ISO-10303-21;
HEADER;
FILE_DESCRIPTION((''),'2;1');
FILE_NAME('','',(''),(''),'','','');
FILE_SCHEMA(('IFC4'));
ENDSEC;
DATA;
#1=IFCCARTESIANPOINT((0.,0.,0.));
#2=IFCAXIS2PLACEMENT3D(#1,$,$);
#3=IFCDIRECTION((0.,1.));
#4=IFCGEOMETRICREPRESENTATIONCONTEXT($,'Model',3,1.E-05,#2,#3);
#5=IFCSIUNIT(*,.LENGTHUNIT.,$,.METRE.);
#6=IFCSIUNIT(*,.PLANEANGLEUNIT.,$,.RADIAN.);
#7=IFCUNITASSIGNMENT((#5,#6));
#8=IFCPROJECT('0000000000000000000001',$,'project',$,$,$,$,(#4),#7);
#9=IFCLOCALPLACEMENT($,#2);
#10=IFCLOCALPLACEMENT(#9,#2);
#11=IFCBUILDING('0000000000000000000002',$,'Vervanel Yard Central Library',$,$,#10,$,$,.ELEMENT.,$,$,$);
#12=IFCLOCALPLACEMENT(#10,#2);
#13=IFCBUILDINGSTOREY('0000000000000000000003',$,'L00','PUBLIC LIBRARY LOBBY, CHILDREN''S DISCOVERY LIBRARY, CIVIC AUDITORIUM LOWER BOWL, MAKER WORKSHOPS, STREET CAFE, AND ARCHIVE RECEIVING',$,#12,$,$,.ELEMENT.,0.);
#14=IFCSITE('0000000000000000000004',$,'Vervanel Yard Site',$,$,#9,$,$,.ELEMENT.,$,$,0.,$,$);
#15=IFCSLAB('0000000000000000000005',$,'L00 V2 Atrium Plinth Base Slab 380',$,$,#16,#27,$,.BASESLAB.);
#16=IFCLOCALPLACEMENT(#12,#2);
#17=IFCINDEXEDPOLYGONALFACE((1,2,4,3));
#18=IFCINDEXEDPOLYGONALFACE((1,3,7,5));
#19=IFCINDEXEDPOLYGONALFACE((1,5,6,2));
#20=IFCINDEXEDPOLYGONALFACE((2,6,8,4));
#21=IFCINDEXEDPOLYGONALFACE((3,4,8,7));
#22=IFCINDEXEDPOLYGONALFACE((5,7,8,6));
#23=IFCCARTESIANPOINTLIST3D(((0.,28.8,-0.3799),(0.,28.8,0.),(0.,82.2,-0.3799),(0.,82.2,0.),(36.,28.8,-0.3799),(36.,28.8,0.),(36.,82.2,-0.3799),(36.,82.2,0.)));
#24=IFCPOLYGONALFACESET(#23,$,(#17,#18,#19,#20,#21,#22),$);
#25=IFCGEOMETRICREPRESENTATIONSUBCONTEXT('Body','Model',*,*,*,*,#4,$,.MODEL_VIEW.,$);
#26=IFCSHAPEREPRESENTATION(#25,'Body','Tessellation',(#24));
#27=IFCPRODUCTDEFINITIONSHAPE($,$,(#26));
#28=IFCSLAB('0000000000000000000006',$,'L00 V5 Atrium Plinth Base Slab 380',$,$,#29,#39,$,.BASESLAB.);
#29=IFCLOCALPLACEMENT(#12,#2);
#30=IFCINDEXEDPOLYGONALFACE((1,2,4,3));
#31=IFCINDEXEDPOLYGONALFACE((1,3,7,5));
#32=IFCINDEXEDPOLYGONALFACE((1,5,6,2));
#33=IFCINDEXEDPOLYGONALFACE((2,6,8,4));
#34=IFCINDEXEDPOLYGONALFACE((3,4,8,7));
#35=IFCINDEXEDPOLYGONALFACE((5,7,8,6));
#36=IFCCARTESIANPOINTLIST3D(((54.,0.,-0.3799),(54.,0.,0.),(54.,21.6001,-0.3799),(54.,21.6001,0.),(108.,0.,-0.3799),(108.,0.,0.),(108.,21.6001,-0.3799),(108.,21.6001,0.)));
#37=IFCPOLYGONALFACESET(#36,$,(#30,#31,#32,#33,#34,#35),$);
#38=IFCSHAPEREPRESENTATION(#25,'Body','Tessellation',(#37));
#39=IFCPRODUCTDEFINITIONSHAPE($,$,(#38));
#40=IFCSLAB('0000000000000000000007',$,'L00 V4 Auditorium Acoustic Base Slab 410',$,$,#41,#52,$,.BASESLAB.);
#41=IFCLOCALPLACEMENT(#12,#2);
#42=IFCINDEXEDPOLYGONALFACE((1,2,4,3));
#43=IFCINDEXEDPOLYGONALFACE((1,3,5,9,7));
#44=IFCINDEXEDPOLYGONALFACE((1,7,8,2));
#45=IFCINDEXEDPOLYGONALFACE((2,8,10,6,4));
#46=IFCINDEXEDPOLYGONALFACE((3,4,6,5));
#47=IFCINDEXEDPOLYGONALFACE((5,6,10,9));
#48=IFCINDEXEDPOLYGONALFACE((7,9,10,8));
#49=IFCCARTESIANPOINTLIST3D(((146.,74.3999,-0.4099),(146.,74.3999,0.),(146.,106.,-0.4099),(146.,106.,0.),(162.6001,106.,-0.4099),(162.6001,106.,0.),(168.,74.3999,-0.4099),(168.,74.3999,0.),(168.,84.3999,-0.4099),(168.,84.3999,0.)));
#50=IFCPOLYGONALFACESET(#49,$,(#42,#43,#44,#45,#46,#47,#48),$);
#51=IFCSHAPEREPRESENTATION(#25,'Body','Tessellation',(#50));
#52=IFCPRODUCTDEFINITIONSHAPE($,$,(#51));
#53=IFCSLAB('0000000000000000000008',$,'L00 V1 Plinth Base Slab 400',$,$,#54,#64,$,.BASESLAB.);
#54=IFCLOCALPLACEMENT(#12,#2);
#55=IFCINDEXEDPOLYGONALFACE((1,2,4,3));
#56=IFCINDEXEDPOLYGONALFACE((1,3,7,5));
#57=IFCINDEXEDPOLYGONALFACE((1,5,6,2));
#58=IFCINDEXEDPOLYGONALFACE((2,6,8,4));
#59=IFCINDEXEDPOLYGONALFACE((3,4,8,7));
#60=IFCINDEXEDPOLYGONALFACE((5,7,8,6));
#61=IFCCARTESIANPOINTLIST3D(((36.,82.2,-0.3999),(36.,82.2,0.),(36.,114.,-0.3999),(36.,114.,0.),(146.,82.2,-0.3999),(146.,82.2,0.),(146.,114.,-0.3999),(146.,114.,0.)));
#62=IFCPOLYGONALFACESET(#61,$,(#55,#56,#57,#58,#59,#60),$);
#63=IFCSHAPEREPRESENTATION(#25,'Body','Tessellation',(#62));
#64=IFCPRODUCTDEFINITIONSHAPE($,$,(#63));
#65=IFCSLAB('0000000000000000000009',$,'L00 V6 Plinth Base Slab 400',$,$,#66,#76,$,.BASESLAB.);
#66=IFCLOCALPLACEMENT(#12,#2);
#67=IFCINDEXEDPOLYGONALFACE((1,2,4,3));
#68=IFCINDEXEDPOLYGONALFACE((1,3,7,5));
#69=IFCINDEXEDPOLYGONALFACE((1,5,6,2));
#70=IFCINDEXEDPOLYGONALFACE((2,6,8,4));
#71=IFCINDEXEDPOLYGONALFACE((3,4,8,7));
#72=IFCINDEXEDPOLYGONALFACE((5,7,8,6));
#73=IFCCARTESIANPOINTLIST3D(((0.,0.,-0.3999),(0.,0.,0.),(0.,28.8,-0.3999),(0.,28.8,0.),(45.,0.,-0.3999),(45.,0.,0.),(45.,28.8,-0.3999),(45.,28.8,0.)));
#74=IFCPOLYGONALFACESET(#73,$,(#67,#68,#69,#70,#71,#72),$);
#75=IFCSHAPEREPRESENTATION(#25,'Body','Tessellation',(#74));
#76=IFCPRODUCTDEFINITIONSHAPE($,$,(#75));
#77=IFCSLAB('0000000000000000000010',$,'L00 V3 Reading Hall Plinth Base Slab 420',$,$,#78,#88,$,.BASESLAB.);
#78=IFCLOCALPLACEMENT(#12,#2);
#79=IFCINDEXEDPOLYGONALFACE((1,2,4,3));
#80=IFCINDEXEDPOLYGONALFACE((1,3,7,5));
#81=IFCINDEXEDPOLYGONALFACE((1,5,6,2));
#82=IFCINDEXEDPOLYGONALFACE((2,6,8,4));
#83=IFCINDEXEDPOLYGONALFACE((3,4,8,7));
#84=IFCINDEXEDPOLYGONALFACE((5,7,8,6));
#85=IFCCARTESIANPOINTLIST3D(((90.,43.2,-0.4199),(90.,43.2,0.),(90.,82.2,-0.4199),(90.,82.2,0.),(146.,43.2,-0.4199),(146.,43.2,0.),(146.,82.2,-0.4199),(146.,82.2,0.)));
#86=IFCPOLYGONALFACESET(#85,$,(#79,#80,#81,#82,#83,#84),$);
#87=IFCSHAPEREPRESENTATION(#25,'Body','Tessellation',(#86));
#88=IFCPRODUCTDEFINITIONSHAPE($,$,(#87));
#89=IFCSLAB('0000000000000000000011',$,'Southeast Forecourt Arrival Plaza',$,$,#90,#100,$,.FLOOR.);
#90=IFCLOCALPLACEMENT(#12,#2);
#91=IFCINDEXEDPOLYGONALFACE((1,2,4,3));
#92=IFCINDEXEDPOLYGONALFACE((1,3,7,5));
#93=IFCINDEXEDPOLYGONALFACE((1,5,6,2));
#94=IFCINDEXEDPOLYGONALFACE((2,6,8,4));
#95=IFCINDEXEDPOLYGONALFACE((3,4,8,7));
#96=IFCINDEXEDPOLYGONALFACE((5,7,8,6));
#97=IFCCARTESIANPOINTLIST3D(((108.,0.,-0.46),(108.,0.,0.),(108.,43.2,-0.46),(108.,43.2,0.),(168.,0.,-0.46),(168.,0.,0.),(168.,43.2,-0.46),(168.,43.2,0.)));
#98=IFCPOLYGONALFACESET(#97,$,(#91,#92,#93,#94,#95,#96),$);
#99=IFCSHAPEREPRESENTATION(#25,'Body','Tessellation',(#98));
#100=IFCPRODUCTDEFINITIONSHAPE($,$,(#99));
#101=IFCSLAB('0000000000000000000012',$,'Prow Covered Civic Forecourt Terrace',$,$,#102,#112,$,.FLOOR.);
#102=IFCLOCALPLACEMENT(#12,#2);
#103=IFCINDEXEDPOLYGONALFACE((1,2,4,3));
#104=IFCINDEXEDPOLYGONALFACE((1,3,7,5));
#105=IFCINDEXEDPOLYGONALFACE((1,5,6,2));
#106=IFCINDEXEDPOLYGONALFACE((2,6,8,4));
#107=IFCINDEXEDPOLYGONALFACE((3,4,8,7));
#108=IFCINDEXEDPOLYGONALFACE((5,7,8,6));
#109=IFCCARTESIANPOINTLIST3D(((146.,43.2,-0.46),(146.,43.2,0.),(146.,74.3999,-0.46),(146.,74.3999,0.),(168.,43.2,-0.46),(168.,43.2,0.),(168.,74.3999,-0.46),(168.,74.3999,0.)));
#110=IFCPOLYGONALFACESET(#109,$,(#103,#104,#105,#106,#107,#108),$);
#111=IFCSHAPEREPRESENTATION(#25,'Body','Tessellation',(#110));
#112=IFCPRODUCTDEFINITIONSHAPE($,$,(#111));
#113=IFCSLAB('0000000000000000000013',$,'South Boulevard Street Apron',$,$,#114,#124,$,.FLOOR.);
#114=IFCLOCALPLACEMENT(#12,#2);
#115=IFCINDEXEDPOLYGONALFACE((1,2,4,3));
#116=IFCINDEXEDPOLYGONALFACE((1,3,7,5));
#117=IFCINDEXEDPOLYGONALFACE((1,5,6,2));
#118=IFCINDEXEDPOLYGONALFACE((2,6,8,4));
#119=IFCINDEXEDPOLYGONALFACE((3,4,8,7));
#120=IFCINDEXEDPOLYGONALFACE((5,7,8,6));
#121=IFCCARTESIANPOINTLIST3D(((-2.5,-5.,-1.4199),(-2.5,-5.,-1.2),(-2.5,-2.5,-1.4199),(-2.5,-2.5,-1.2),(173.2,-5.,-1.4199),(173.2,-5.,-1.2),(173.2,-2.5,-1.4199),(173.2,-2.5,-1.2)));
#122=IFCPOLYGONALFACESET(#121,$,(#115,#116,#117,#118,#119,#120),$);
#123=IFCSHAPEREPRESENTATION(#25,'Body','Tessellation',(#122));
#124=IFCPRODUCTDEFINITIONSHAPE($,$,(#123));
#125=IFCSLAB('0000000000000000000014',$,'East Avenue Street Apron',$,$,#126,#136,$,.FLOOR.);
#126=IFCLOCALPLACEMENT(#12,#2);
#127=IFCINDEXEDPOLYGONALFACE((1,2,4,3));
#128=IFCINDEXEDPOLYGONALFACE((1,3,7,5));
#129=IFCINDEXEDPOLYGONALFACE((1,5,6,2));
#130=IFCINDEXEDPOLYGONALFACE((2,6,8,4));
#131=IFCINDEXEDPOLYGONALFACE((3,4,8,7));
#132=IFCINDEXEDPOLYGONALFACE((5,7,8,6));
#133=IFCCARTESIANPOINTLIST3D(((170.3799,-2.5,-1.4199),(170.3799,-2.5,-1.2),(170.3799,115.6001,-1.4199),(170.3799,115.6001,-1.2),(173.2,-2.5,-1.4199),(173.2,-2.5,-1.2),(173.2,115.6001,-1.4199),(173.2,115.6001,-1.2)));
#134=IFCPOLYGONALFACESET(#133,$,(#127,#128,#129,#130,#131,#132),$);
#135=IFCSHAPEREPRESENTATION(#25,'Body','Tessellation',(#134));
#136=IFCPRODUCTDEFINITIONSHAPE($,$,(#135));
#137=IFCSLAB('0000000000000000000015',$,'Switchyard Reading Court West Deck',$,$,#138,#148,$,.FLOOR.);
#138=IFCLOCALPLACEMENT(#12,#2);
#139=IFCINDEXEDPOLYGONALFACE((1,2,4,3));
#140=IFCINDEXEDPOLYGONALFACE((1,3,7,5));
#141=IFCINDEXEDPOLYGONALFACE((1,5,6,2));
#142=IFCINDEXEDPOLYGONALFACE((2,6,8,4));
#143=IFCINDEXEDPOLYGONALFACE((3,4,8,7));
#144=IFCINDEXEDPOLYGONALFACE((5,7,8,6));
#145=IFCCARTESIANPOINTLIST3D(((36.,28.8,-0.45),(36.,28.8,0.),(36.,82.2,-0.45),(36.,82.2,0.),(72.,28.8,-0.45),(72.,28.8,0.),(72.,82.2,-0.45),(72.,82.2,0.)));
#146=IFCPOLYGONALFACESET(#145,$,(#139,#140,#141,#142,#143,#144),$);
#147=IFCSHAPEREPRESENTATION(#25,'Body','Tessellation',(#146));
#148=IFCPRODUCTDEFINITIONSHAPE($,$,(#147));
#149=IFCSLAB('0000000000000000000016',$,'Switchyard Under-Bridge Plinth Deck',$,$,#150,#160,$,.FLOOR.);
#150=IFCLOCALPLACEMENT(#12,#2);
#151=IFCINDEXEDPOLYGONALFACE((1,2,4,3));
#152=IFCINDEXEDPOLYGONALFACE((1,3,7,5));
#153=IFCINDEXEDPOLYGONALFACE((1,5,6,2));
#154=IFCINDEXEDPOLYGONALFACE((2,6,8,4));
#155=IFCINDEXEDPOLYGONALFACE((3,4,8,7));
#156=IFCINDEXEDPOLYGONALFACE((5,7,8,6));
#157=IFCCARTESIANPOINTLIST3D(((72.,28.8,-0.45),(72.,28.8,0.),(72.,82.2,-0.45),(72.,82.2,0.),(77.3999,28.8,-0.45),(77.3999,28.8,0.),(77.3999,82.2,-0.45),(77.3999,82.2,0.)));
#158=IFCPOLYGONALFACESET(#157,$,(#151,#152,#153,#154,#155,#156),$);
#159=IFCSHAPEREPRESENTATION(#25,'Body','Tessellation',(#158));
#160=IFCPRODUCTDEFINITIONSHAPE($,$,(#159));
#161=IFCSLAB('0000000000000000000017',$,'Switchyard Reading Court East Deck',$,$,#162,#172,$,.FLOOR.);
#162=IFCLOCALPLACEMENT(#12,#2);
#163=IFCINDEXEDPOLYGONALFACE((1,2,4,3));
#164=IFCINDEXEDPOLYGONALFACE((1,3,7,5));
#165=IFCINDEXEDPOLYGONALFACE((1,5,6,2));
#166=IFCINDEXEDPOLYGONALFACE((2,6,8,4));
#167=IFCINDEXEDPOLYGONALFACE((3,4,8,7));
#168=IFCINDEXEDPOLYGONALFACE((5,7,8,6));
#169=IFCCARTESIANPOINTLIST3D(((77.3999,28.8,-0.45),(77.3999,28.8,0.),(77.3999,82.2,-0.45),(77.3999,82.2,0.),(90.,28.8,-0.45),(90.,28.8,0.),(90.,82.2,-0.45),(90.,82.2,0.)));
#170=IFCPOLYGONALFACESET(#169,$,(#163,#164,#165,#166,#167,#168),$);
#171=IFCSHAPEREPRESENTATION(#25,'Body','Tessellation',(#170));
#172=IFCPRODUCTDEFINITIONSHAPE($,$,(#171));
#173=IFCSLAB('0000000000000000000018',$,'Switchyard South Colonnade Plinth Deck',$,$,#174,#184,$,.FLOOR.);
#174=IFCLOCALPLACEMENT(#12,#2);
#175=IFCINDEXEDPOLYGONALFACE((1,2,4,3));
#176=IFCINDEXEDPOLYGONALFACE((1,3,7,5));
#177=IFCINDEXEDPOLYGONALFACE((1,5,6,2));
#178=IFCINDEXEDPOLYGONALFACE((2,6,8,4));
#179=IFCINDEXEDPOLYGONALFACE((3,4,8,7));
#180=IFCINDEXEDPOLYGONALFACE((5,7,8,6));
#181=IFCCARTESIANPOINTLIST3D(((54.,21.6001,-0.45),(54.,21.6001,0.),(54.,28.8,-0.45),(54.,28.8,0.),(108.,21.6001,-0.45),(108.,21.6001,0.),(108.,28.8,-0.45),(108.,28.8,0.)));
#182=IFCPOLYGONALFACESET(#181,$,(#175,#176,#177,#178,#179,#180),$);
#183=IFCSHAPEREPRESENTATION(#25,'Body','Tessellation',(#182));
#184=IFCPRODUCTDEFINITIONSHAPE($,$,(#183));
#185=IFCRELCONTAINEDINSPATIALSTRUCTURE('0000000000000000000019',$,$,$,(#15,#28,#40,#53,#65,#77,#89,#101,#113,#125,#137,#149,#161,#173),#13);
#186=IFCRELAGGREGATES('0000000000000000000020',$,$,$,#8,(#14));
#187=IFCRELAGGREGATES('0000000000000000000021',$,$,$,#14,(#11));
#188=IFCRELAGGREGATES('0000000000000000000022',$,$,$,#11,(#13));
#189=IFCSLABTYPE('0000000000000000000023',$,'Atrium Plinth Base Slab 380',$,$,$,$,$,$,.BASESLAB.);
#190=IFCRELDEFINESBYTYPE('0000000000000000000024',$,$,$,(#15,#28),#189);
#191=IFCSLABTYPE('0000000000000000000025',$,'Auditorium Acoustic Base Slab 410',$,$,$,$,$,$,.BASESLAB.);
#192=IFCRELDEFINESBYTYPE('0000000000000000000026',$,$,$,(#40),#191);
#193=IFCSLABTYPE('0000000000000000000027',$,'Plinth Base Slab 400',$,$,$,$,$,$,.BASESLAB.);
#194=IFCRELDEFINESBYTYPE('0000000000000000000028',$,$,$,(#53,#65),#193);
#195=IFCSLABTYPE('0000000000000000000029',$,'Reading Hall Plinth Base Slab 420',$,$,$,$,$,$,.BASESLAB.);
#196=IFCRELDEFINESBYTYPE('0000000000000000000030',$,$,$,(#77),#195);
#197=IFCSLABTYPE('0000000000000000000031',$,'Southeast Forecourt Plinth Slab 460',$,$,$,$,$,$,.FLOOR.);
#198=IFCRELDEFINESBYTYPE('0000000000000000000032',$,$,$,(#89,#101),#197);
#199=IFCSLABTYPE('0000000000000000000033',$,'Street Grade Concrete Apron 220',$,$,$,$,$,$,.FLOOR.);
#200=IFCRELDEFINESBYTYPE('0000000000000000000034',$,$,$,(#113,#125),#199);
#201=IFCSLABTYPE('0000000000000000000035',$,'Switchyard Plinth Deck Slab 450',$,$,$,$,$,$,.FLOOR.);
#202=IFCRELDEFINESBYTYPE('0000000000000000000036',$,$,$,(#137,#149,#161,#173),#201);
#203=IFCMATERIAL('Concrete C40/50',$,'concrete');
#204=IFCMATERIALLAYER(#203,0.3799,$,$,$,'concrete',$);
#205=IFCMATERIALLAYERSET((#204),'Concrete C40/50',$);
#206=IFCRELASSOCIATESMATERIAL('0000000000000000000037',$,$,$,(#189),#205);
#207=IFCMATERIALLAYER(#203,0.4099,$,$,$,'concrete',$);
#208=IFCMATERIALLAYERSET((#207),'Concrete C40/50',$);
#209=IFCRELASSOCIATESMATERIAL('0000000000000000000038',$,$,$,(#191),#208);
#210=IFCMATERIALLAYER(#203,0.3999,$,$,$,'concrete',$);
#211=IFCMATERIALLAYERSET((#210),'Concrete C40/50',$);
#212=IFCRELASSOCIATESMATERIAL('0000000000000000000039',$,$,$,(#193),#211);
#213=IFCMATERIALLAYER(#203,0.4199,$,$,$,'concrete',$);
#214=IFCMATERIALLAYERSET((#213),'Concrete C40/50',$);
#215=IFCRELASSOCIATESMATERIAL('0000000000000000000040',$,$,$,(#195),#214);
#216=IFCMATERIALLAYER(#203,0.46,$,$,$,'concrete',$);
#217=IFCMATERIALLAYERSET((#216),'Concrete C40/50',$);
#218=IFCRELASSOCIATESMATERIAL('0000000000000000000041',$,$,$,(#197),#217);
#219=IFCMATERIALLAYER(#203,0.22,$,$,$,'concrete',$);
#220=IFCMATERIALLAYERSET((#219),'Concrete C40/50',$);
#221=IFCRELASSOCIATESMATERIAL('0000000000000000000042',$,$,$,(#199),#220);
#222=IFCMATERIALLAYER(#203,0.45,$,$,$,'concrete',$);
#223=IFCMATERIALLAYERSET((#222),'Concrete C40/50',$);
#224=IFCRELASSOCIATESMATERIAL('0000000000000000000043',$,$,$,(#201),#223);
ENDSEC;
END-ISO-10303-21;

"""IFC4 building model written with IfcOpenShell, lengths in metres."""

from ifc_helpers import new_model, si_unit, direction, frame, origin, place, context, subcontext, project, spatial, polyline, outline, extrude, material, layer, layer_set, type_object, element, save


model = new_model("IFC4")

# Units and contexts
model_context = context("Model", 3, precision=1e-05, world=origin(), true_north=direction((0.0, 1.0)))
body_context = subcontext(model_context, "Body", "Model", "MODEL_VIEW")
ifc_project = project(units=[si_unit("LENGTHUNIT", "METRE"), si_unit("PLANEANGLEUNIT", "RADIAN")], contexts=[model_context])

# Site, building, storey
site_placement = place(None, origin())
site = spatial("IfcSite", under=ifc_project, at=site_placement, Name="Vervanel Yard Site", CompositionType="ELEMENT", RefElevation=0.0)
building_placement = place(site_placement, origin())
building = spatial("IfcBuilding", under=site, at=building_placement, Name="Vervanel Yard Central Library", CompositionType="ELEMENT")
storey_placement = place(building_placement, origin())
storey = spatial("IfcBuildingStorey", under=building, at=storey_placement, Name="L00", Description="PUBLIC LIBRARY LOBBY, CHILDREN'S DISCOVERY LIBRARY, CIVIC AUDITORIUM LOWER BOWL, MAKER WORKSHOPS, STREET CAFE, AND ARCHIVE RECEIVING", CompositionType="ELEMENT", Elevation=0.0)

# Slabs
ifc_material_1 = material(Name="Concrete C40/50", Category="concrete")
ifc_layer_1 = layer(ifc_material_1, 0.3799, Category="concrete")
ifc_layer_set_1 = layer_set([ifc_layer_1], Name="Concrete C40/50")
slab_type_1 = type_object("IfcSlabType", Name="Atrium Plinth Base Slab 380", PredefinedType="BASESLAB", material=ifc_layer_set_1)
slab_1_placement = place(storey_placement, frame((0.0, 0.0, -0.3799)))
element("IfcSlab", 1, at=slab_1_placement, inside=storey, type_object=slab_type_1, Name="L00 V2 Atrium Plinth Base Slab 380", PredefinedType="BASESLAB", context=body_context, shape_type="SweptSolid", body=[
    extrude(outline(polyline([(0.0, 28.8), (36.0, 28.8), (36.0, 82.2), (0.0, 82.2), (0.0, 28.8)])), origin(), (0.0, 0.0, 1.0), 0.3799),
])
slab_2_placement = place(storey_placement, frame((0.0, 0.0, -0.3799)))
element("IfcSlab", 2, at=slab_2_placement, inside=storey, type_object=slab_type_1, Name="L00 V5 Atrium Plinth Base Slab 380", PredefinedType="BASESLAB", context=body_context, shape_type="SweptSolid", body=[
    extrude(outline(polyline([(54.0, 0.0), (108.0, 0.0), (108.0, 21.6001), (54.0, 21.6001), (54.0, 0.0)])), origin(), (0.0, 0.0, 1.0), 0.3799),
])
ifc_layer_2 = layer(ifc_material_1, 0.4099, Category="concrete")
ifc_layer_set_2 = layer_set([ifc_layer_2], Name="Concrete C40/50")
slab_type_2 = type_object("IfcSlabType", Name="Auditorium Acoustic Base Slab 410", PredefinedType="BASESLAB", material=ifc_layer_set_2)
slab_3_placement = place(storey_placement, frame((0.0, 0.0, -0.4099)))
element("IfcSlab", 3, at=slab_3_placement, inside=storey, type_object=slab_type_2, Name="L00 V4 Auditorium Acoustic Base Slab 410", PredefinedType="BASESLAB", context=body_context, shape_type="SweptSolid", body=[
    extrude(outline(polyline([(146.0, 74.3999), (168.0, 74.3999), (168.0, 84.3999), (162.6001, 106.0), (146.0, 106.0), (146.0, 74.3999)])), origin(), (0.0, 0.0, 1.0), 0.4099),
])
ifc_layer_3 = layer(ifc_material_1, 0.3999, Category="concrete")
ifc_layer_set_3 = layer_set([ifc_layer_3], Name="Concrete C40/50")
slab_type_3 = type_object("IfcSlabType", Name="Plinth Base Slab 400", PredefinedType="BASESLAB", material=ifc_layer_set_3)
slab_4_placement = place(storey_placement, frame((0.0, 0.0, -0.3999)))
element("IfcSlab", 4, at=slab_4_placement, inside=storey, type_object=slab_type_3, Name="L00 V1 Plinth Base Slab 400", PredefinedType="BASESLAB", context=body_context, shape_type="SweptSolid", body=[
    extrude(outline(polyline([(36.0, 82.2), (146.0, 82.2), (146.0, 114.0), (36.0, 114.0), (36.0, 82.2)])), origin(), (0.0, 0.0, 1.0), 0.3999),
])
slab_5_placement = place(storey_placement, frame((0.0, 0.0, -0.3999)))
element("IfcSlab", 5, at=slab_5_placement, inside=storey, type_object=slab_type_3, Name="L00 V6 Plinth Base Slab 400", PredefinedType="BASESLAB", context=body_context, shape_type="SweptSolid", body=[
    extrude(outline(polyline([(0.0, 0.0), (45.0, 0.0), (45.0, 28.8), (0.0, 28.8), (0.0, 0.0)])), origin(), (0.0, 0.0, 1.0), 0.3999),
])
ifc_layer_4 = layer(ifc_material_1, 0.4199, Category="concrete")
ifc_layer_set_4 = layer_set([ifc_layer_4], Name="Concrete C40/50")
slab_type_4 = type_object("IfcSlabType", Name="Reading Hall Plinth Base Slab 420", PredefinedType="BASESLAB", material=ifc_layer_set_4)
slab_6_placement = place(storey_placement, frame((0.0, 0.0, -0.4199)))
element("IfcSlab", 6, at=slab_6_placement, inside=storey, type_object=slab_type_4, Name="L00 V3 Reading Hall Plinth Base Slab 420", PredefinedType="BASESLAB", context=body_context, shape_type="SweptSolid", body=[
    extrude(outline(polyline([(90.0, 43.2), (146.0, 43.2), (146.0, 82.2), (90.0, 82.2), (90.0, 43.2)])), origin(), (0.0, 0.0, 1.0), 0.4199),
])
ifc_layer_5 = layer(ifc_material_1, 0.46, Category="concrete")
ifc_layer_set_5 = layer_set([ifc_layer_5], Name="Concrete C40/50")
slab_type_5 = type_object("IfcSlabType", Name="Southeast Forecourt Plinth Slab 460", PredefinedType="FLOOR", material=ifc_layer_set_5)
slab_7_placement = place(storey_placement, frame((0.0, 0.0, -0.46)))
element("IfcSlab", 7, at=slab_7_placement, inside=storey, type_object=slab_type_5, Name="Southeast Forecourt Arrival Plaza", PredefinedType="FLOOR", context=body_context, shape_type="SweptSolid", body=[
    extrude(outline(polyline([(108.0, 0.0), (168.0, 0.0), (168.0, 43.2), (108.0, 43.2), (108.0, 0.0)])), origin(), (0.0, 0.0, 1.0), 0.46),
])
slab_8_placement = place(storey_placement, frame((0.0, 0.0, -0.46)))
element("IfcSlab", 8, at=slab_8_placement, inside=storey, type_object=slab_type_5, Name="Prow Covered Civic Forecourt Terrace", PredefinedType="FLOOR", context=body_context, shape_type="SweptSolid", body=[
    extrude(outline(polyline([(146.0, 43.2), (168.0, 43.2), (168.0, 74.3999), (146.0, 74.3999), (146.0, 43.2)])), origin(), (0.0, 0.0, 1.0), 0.46),
])
ifc_layer_6 = layer(ifc_material_1, 0.22, Category="concrete")
ifc_layer_set_6 = layer_set([ifc_layer_6], Name="Concrete C40/50")
slab_type_6 = type_object("IfcSlabType", Name="Street Grade Concrete Apron 220", PredefinedType="FLOOR", material=ifc_layer_set_6)
slab_9_placement = place(storey_placement, frame((0.0, 0.0, -1.4199)))
element("IfcSlab", 9, at=slab_9_placement, inside=storey, type_object=slab_type_6, Name="South Boulevard Street Apron", PredefinedType="FLOOR", context=body_context, shape_type="SweptSolid", body=[
    extrude(outline(polyline([(-2.5, -5.0), (173.2, -5.0), (173.2, -2.5), (-2.5, -2.5), (-2.5, -5.0)])), origin(), (0.0, 0.0, 1.0), 0.22),
])
slab_10_placement = place(storey_placement, frame((0.0, 0.0, -1.4199)))
element("IfcSlab", 10, at=slab_10_placement, inside=storey, type_object=slab_type_6, Name="East Avenue Street Apron", PredefinedType="FLOOR", context=body_context, shape_type="SweptSolid", body=[
    extrude(outline(polyline([(170.3799, -2.5), (173.2, -2.5), (173.2, 115.6001), (170.3799, 115.6001), (170.3799, -2.5)])), origin(), (0.0, 0.0, 1.0), 0.22),
])
ifc_layer_7 = layer(ifc_material_1, 0.45, Category="concrete")
ifc_layer_set_7 = layer_set([ifc_layer_7], Name="Concrete C40/50")
slab_type_7 = type_object("IfcSlabType", Name="Switchyard Plinth Deck Slab 450", PredefinedType="FLOOR", material=ifc_layer_set_7)
slab_11_placement = place(storey_placement, frame((0.0, 0.0, -0.45)))
element("IfcSlab", 11, at=slab_11_placement, inside=storey, type_object=slab_type_7, Name="Switchyard Reading Court West Deck", PredefinedType="FLOOR", context=body_context, shape_type="SweptSolid", body=[
    extrude(outline(polyline([(36.0, 28.8), (72.0, 28.8), (72.0, 82.2), (36.0, 82.2), (36.0, 28.8)])), origin(), (0.0, 0.0, 1.0), 0.45),
])
slab_12_placement = place(storey_placement, frame((0.0, 0.0, -0.45)))
element("IfcSlab", 12, at=slab_12_placement, inside=storey, type_object=slab_type_7, Name="Switchyard Under-Bridge Plinth Deck", PredefinedType="FLOOR", context=body_context, shape_type="SweptSolid", body=[
    extrude(outline(polyline([(72.0, 28.8), (77.3999, 28.8), (77.3999, 82.2), (72.0, 82.2), (72.0, 28.8)])), origin(), (0.0, 0.0, 1.0), 0.45),
])
slab_13_placement = place(storey_placement, frame((0.0, 0.0, -0.45)))
element("IfcSlab", 13, at=slab_13_placement, inside=storey, type_object=slab_type_7, Name="Switchyard Reading Court East Deck", PredefinedType="FLOOR", context=body_context, shape_type="SweptSolid", body=[
    extrude(outline(polyline([(77.3999, 28.8), (90.0, 28.8), (90.0, 82.2), (77.3999, 82.2), (77.3999, 28.8)])), origin(), (0.0, 0.0, 1.0), 0.45),
])
slab_14_placement = place(storey_placement, frame((0.0, 0.0, -0.45)))
element("IfcSlab", 14, at=slab_14_placement, inside=storey, type_object=slab_type_7, Name="Switchyard South Colonnade Plinth Deck", PredefinedType="FLOOR", context=body_context, shape_type="SweptSolid", body=[
    extrude(outline(polyline([(54.0, 21.6001), (108.0, 21.6001), (108.0, 28.8), (54.0, 28.8), (54.0, 21.6001)])), origin(), (0.0, 0.0, 1.0), 0.45),
])

save(model, "model.ifc")
